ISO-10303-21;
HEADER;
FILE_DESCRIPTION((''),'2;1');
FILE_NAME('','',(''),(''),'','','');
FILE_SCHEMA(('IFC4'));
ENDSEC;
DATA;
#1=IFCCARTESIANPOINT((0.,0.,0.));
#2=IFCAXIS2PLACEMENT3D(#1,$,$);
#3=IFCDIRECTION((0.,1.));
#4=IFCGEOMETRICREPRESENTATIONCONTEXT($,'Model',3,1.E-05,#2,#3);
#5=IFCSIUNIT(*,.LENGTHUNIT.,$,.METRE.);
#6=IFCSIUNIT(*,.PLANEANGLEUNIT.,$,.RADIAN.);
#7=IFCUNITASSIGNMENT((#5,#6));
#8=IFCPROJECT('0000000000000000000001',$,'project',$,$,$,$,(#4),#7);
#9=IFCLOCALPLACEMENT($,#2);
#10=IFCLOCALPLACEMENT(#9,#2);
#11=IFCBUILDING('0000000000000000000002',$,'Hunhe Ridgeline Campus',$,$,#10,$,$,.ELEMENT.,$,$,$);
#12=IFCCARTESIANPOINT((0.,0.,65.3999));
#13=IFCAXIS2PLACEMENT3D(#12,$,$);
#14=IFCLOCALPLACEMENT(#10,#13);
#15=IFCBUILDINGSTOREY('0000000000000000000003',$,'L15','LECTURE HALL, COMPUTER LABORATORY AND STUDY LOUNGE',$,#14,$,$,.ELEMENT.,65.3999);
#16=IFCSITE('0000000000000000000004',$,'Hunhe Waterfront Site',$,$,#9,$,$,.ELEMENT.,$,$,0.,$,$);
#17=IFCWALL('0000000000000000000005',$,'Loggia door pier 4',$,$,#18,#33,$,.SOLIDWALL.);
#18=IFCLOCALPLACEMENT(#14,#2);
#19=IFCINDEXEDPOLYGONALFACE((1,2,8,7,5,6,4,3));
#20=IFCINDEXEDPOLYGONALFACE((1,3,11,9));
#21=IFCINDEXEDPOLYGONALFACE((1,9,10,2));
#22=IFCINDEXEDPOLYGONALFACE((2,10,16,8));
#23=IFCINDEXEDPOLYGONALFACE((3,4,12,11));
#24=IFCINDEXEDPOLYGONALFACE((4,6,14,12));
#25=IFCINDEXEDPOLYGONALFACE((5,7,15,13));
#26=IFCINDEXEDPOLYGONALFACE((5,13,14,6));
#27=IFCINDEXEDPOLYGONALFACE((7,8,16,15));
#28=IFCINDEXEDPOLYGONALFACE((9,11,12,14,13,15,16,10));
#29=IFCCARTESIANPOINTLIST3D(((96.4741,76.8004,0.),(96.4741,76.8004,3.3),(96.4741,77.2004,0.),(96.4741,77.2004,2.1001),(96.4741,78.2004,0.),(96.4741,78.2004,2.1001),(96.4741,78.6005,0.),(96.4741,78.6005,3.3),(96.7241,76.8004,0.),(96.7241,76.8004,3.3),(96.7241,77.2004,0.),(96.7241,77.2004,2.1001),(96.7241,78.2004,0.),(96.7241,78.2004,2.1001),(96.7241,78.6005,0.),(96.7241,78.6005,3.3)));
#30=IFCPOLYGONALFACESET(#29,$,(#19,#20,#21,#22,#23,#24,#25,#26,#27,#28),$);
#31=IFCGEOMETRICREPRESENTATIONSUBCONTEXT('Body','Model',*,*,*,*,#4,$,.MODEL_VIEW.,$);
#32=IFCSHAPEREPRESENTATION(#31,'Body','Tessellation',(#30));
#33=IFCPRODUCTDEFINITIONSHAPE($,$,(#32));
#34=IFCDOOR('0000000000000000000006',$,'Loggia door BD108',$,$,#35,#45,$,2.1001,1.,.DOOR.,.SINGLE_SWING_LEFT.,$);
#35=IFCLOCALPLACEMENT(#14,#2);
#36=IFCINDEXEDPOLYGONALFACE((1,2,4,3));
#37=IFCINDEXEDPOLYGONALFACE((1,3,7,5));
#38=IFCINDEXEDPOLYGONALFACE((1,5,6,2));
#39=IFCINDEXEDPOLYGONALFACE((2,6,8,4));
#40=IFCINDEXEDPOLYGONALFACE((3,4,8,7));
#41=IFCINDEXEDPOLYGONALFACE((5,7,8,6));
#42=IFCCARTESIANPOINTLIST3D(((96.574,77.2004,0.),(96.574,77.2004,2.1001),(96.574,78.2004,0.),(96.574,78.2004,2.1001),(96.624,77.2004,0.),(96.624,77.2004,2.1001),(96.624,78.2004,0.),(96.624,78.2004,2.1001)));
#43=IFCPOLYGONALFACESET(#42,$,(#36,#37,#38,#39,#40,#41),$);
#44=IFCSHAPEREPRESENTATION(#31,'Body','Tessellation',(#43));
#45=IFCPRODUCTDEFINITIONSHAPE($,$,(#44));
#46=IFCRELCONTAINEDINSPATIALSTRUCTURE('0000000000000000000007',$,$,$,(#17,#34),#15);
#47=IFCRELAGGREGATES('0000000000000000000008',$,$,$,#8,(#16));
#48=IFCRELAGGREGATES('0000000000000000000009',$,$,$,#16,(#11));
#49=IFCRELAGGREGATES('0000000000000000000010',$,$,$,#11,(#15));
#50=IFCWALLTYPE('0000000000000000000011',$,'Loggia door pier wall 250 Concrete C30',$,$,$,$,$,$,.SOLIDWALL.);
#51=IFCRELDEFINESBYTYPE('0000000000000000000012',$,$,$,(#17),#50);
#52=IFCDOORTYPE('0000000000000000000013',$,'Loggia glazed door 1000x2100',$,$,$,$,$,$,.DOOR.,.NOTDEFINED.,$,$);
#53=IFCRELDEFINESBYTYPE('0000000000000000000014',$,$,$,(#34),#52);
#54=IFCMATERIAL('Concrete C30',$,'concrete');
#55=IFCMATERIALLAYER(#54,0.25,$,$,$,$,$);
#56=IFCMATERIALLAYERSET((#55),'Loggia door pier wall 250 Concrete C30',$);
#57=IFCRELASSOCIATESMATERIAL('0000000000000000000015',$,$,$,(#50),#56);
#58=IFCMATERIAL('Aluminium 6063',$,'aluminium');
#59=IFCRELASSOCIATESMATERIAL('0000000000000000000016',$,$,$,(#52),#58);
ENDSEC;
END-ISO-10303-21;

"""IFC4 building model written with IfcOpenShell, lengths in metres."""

from ifc_helpers import new_model, si_unit, direction, frame, frame_2d, origin, place, context, subcontext, project, spatial, rectangle, extrude, material, layer, layer_set, type_object, element, fill, save


model = new_model("IFC4")

# Units and contexts
model_context = context("Model", 3, precision=1e-05, world=origin(), true_north=direction((0.0, 1.0)))
body_context = subcontext(model_context, "Body", "Model", "MODEL_VIEW")
ifc_project = project(units=[si_unit("LENGTHUNIT", "METRE"), si_unit("PLANEANGLEUNIT", "RADIAN")], contexts=[model_context])

# Site, building, storey
site_placement = place(None, origin())
site = spatial("IfcSite", under=ifc_project, at=site_placement, Name="Hunhe Waterfront Site", CompositionType="ELEMENT", RefElevation=0.0)
building_placement = place(site_placement, origin())
building = spatial("IfcBuilding", under=site, at=building_placement, Name="Hunhe Ridgeline Campus", CompositionType="ELEMENT")
storey_placement = place(building_placement, frame((0.0, 0.0, 65.3999)))
storey = spatial("IfcBuildingStorey", under=building, at=storey_placement, Name="L15", Description="LECTURE HALL, COMPUTER LABORATORY AND STUDY LOUNGE", CompositionType="ELEMENT", Elevation=65.3999)

# Shared definitions
ifc_material_1 = material(Name="Aluminium 6063", Category="aluminium")

# Wall, opening, door
ifc_material_2 = material(Name="Concrete C30", Category="concrete")
ifc_layer_1 = layer(ifc_material_2, 0.25)
ifc_layer_set_1 = layer_set([ifc_layer_1], Name="Loggia door pier wall 250 Concrete C30")
wall_type_1 = type_object("IfcWallType", Name="Loggia door pier wall 250 Concrete C30", PredefinedType="SOLIDWALL", material=ifc_layer_set_1)
wall_1_placement = place(storey_placement, frame((96.5991, 76.8005, 0.0), z_axis=(0.0, 0.0, 1.0), x_axis=(0.0, 1.0, 0.0)))
wall_1 = element("IfcWall", 1, at=wall_1_placement, inside=storey, type_object=wall_type_1, Name="Loggia door pier 4", PredefinedType="SOLIDWALL", context=body_context, shape_type="SweptSolid", body=[
    extrude(rectangle(XDim=1.8, YDim=0.25, at=frame_2d((0.8999, 0.0))), origin(), (0.0, 0.0, 1.0), 3.3),
])
opening_1_placement = place(wall_1_placement, frame((0.3999, 0.0, 0.0)))
opening_1 = element("IfcOpeningElement", 2, at=opening_1_placement, cuts=wall_1, PredefinedType="OPENING", context=body_context, shape_type="SweptSolid", body=[
    extrude(rectangle(XDim=1.0, YDim=2.1001, at=frame_2d((0.5, 1.05))), frame((0.0, 0.125, 0.0), z_axis=(0.0, -1.0, 0.0), x_axis=(1.0, 0.0, 0.0)), (0.0, 0.0, 1.0), 0.25),
])
door_type_1 = type_object("IfcDoorType", Name="Loggia glazed door 1000x2100", OperationType="NOTDEFINED", PredefinedType="DOOR", material=ifc_material_1)
door_1_placement = place(opening_1_placement, frame((1.0, 0.0, 0.0), z_axis=(0.0, 0.0, 1.0), x_axis=(-1.0, 0.0, 0.0)))
door_1 = element("IfcDoor", 3, at=door_1_placement, inside=storey, type_object=door_type_1, Name="Loggia door BD108", OperationType="SINGLE_SWING_LEFT", OverallHeight=2.1001, OverallWidth=1.0, PredefinedType="DOOR", context=body_context, shape_type="SweptSolid", body=[
    extrude(rectangle(XDim=1.0, YDim=2.1001, at=frame_2d((0.5, 1.05))), frame((0.0, 0.0249, 0.0), z_axis=(0.0, -1.0, 0.0), x_axis=(1.0, 0.0, 0.0)), (0.0, 0.0, 1.0), 0.05),
])
fill(opening_1, door_1)

save(model, "model.ifc")
